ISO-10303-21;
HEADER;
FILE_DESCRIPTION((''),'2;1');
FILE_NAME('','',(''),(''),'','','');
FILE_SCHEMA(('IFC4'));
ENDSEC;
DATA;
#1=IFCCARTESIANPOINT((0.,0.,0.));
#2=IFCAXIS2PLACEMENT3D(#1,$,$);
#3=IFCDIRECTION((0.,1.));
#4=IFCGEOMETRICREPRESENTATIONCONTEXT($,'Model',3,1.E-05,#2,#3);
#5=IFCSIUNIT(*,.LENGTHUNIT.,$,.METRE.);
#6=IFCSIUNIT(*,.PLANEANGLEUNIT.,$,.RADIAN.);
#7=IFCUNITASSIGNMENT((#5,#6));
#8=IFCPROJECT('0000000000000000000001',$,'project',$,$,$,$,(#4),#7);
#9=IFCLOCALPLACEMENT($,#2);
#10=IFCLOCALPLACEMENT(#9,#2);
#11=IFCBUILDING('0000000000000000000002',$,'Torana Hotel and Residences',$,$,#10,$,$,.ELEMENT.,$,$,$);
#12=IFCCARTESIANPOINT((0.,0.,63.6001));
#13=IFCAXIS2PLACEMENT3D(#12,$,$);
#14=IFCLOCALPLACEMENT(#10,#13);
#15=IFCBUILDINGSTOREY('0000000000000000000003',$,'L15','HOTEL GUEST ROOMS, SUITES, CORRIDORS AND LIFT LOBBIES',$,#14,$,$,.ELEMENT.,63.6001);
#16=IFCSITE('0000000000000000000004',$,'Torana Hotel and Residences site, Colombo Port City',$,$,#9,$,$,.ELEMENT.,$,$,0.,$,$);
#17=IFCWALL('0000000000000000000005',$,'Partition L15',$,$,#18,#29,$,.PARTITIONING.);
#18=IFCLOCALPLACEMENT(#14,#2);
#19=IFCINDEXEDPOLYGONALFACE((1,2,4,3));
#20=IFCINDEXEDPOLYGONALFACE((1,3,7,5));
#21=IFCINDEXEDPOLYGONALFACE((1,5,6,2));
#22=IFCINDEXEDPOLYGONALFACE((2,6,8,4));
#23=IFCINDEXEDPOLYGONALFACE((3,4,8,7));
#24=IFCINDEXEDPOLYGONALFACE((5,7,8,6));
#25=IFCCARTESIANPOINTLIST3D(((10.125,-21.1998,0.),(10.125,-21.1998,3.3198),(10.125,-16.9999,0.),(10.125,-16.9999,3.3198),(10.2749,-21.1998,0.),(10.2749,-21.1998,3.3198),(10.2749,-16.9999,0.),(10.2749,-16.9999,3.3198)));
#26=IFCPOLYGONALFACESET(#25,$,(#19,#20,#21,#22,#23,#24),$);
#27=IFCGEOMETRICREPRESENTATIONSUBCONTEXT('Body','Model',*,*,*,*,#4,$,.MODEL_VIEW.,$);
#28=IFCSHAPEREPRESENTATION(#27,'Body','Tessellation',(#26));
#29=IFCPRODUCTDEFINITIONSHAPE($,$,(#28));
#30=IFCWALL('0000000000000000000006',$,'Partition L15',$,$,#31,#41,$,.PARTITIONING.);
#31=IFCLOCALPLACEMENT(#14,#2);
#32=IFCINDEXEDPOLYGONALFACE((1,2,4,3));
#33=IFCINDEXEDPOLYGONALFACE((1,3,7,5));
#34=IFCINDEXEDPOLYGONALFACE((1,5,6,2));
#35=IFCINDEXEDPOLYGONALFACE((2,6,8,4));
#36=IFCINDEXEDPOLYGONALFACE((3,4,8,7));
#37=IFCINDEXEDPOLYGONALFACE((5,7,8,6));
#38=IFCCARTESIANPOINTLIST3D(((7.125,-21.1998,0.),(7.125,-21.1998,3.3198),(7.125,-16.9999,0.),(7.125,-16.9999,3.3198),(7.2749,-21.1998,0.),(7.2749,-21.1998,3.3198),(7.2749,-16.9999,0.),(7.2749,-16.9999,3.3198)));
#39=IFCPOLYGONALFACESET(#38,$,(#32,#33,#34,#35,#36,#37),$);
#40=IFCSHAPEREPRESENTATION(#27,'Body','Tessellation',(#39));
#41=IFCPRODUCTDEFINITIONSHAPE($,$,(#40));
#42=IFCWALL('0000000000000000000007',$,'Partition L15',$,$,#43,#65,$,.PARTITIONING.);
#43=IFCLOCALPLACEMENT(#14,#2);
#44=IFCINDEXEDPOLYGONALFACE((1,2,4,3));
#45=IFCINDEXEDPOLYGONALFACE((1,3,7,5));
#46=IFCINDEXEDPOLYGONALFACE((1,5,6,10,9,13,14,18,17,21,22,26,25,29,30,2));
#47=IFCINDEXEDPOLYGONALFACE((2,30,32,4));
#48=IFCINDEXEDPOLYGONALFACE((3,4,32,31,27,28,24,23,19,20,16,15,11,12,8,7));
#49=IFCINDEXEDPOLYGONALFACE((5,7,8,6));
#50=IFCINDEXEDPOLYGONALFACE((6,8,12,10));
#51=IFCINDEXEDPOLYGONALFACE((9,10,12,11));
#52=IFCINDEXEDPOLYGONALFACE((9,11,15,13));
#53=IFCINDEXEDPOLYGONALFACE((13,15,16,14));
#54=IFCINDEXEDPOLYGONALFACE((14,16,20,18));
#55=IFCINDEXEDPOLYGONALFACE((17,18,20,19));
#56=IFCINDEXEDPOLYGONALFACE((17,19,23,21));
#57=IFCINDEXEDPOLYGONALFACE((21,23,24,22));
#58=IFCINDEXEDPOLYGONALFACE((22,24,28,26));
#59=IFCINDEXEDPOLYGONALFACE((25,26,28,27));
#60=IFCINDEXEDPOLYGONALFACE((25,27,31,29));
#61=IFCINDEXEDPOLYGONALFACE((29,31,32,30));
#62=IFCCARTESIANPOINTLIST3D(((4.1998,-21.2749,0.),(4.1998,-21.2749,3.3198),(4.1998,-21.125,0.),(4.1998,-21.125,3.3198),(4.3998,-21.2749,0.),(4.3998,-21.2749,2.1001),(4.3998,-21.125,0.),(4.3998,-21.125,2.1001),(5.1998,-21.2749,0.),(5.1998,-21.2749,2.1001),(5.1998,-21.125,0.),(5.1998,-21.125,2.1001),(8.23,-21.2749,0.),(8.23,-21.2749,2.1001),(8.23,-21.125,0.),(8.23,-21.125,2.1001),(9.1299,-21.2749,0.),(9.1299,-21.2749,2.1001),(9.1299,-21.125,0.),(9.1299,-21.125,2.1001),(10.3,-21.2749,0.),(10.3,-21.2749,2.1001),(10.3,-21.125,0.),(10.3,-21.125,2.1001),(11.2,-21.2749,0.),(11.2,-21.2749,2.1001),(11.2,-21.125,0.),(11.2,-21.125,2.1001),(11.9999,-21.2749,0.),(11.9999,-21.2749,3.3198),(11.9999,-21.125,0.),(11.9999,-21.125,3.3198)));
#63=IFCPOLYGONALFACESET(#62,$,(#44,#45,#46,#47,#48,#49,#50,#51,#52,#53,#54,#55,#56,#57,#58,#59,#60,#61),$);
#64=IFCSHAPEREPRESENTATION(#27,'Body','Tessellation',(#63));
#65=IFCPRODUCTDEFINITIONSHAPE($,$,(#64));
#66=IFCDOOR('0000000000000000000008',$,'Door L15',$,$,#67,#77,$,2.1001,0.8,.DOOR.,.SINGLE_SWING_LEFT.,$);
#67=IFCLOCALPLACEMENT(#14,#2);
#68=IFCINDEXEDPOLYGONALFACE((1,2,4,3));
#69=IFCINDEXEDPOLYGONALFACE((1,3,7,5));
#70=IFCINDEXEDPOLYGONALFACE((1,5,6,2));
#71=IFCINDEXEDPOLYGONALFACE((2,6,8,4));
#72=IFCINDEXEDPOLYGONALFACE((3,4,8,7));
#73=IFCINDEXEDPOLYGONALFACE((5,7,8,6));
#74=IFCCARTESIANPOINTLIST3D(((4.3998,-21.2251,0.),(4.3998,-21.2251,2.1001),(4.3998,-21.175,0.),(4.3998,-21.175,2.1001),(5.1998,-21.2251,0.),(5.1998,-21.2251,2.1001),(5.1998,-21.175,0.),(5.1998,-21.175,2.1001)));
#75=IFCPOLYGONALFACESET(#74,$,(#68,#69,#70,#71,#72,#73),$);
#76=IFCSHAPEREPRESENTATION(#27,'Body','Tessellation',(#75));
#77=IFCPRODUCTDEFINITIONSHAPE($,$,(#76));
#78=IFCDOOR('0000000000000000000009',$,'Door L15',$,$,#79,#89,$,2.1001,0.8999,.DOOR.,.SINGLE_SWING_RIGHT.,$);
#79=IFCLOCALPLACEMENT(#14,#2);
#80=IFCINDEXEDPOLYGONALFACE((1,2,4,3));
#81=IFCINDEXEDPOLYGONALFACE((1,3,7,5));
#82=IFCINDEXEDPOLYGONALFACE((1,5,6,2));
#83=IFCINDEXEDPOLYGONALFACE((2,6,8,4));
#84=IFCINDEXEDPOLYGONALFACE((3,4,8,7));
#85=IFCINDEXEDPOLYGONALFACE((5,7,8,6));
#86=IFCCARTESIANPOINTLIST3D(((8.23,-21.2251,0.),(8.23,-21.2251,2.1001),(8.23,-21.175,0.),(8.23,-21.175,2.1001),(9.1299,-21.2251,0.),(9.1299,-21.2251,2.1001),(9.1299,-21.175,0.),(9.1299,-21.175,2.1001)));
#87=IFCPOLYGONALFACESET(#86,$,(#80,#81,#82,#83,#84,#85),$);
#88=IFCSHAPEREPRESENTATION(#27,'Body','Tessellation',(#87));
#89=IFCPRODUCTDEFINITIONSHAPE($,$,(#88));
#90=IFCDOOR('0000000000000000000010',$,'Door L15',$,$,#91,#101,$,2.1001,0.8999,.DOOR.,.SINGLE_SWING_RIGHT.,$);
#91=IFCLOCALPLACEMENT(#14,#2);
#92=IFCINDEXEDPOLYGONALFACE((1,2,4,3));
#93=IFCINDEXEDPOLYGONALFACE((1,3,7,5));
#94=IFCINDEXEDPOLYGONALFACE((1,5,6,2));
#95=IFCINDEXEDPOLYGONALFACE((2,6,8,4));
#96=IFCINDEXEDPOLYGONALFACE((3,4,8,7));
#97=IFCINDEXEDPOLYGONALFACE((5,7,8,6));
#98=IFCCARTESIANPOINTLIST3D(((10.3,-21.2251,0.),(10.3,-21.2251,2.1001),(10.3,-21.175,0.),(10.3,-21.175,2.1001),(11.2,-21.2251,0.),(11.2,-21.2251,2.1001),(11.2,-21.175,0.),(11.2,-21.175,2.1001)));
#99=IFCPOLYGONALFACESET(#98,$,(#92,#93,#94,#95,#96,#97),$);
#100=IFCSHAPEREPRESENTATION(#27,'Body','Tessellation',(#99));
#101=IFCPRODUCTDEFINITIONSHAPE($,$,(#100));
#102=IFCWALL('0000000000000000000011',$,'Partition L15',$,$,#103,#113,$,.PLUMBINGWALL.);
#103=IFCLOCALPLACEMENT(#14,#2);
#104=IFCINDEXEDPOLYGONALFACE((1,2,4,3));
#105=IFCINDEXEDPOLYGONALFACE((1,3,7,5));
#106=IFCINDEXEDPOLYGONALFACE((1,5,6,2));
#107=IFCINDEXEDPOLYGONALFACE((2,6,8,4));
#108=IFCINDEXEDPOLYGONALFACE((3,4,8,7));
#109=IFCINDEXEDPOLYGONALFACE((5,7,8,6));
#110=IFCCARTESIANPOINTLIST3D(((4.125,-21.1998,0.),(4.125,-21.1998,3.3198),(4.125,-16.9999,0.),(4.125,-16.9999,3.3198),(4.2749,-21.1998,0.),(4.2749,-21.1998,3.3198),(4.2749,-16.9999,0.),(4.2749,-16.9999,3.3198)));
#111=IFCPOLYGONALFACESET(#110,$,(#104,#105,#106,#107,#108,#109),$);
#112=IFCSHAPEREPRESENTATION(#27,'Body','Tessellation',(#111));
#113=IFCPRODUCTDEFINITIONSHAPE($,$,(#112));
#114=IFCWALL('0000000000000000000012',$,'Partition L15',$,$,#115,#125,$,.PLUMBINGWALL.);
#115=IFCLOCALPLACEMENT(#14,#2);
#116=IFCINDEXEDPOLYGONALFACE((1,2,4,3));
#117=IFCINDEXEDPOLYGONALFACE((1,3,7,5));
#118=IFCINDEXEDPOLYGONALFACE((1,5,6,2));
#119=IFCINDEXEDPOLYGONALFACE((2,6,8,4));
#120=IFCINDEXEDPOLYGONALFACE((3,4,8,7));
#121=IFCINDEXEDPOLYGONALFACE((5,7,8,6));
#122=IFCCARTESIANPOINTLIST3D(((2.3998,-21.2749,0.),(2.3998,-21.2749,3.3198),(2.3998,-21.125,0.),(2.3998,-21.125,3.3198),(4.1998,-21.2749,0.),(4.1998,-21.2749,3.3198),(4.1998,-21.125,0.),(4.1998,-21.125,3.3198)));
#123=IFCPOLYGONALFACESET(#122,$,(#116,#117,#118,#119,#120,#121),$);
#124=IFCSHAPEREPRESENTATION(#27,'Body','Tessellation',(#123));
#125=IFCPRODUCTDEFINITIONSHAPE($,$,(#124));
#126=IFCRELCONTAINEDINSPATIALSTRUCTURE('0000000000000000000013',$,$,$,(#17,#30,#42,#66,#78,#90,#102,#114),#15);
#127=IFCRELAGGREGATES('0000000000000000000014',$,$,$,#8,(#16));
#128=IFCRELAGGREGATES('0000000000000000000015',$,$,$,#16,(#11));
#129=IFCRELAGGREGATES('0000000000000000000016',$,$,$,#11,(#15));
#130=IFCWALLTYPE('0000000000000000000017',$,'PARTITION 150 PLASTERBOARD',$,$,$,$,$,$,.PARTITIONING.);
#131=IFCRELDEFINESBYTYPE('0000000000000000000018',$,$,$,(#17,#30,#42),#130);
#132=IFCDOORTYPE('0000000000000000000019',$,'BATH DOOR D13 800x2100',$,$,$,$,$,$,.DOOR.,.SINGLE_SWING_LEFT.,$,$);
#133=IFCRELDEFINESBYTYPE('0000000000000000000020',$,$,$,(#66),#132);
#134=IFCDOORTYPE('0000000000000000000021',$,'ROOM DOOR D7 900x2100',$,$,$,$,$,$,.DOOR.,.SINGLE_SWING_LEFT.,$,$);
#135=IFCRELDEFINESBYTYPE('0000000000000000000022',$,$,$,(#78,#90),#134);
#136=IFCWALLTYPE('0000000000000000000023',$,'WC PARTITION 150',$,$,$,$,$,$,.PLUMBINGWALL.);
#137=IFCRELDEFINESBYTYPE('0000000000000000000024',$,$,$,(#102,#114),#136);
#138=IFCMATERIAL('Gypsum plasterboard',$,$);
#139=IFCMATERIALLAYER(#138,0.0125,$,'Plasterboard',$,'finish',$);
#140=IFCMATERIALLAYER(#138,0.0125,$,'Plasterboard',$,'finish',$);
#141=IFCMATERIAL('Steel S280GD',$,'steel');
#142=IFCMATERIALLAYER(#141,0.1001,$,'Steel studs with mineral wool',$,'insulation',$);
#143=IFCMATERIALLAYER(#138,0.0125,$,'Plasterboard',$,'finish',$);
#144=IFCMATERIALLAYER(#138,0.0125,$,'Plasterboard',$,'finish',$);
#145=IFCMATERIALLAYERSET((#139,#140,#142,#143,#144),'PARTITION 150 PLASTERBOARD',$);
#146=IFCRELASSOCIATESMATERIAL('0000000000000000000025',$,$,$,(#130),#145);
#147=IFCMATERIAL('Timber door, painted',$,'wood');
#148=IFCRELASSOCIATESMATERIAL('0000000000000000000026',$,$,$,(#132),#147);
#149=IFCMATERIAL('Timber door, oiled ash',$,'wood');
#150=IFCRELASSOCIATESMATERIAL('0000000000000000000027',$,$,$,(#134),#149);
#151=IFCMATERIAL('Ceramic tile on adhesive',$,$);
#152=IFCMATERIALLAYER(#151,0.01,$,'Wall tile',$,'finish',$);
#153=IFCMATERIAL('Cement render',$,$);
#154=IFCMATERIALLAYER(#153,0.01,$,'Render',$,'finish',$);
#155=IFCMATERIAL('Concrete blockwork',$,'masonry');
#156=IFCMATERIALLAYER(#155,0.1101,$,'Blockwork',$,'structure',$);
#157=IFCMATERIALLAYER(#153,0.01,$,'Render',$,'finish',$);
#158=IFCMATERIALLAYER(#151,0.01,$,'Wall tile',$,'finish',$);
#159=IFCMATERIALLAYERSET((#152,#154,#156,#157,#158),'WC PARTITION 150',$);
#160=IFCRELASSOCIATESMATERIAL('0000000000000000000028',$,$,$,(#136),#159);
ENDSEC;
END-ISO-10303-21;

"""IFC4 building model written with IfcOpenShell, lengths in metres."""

from ifc_helpers import new_model, si_unit, direction, frame, frame_2d, origin, place, context, subcontext, project, spatial, rectangle, extrude, material, layer, layer_set, type_object, element, fill, save


model = new_model("IFC4")

# Units and contexts
model_context = context("Model", 3, precision=1e-05, world=origin(), true_north=direction((0.0, 1.0)))
body_context = subcontext(model_context, "Body", "Model", "MODEL_VIEW")
ifc_project = project(units=[si_unit("LENGTHUNIT", "METRE"), si_unit("PLANEANGLEUNIT", "RADIAN")], contexts=[model_context])

# Site, building, storey
site_placement = place(None, origin())
site = spatial("IfcSite", under=ifc_project, at=site_placement, Name="Torana Hotel and Residences site, Colombo Port City", CompositionType="ELEMENT", RefElevation=0.0)
building_placement = place(site_placement, origin())
building = spatial("IfcBuilding", under=site, at=building_placement, Name="Torana Hotel and Residences", CompositionType="ELEMENT")
storey_placement = place(building_placement, frame((0.0, 0.0, 63.6001)))
storey = spatial("IfcBuildingStorey", under=building, at=storey_placement, Name="L15", Description="HOTEL GUEST ROOMS, SUITES, CORRIDORS AND LIFT LOBBIES", CompositionType="ELEMENT", Elevation=63.6001)

# Walls
ifc_material_1 = material(Name="Concrete blockwork", Category="masonry")
ifc_material_2 = material(Name="Gypsum plasterboard")
ifc_layer_1 = layer(ifc_material_2, 0.0125, Name="Plasterboard", Category="finish")
ifc_layer_2 = layer(ifc_material_2, 0.0125, Name="Plasterboard", Category="finish")
ifc_material_3 = material(Name="Steel S280GD", Category="steel")
ifc_layer_3 = layer(ifc_material_3, 0.1001, Name="Steel studs with mineral wool", Category="insulation")
ifc_layer_4 = layer(ifc_material_2, 0.0125, Name="Plasterboard", Category="finish")
ifc_layer_5 = layer(ifc_material_2, 0.0125, Name="Plasterboard", Category="finish")
ifc_layer_set_1 = layer_set([ifc_layer_1, ifc_layer_2, ifc_layer_3, ifc_layer_4, ifc_layer_5], Name="PARTITION 150 PLASTERBOARD")
wall_type_1 = type_object("IfcWallType", Name="PARTITION 150 PLASTERBOARD", PredefinedType="PARTITIONING", material=ifc_layer_set_1)
for number, where, z_axis, x_axis, name in (
    (1, (10.2, -21.2, 0.0), (0.0, 0.0, 1.0), (0.0, 1.0, 0.0), "Partition L15"),
    (2, (7.2, -21.2, 0.0), (0.0, 0.0, 1.0), (0.0, 1.0, 0.0), "Partition L15"),
):
    element("IfcWall", number, at=place(storey_placement, frame(where, z_axis=z_axis, x_axis=x_axis)), inside=storey, type_object=wall_type_1, Name=name, PredefinedType="PARTITIONING", context=body_context, shape_type="SweptSolid", body=[
        extrude(rectangle(XDim=4.2, YDim=0.1499, at=frame_2d((2.1001, 0.0))), origin(), (0.0, 0.0, 1.0), 3.3198),
    ])

# Wall, openings, doors
wall_1_placement = place(storey_placement, frame((4.2, -21.2, 0.0), z_axis=(0.0, 0.0, 1.0), x_axis=(1.0, 0.0, 0.0)))
wall_1 = element("IfcWall", 3, at=wall_1_placement, inside=storey, type_object=wall_type_1, Name="Partition L15", PredefinedType="PARTITIONING", context=body_context, shape_type="SweptSolid", body=[
    extrude(rectangle(XDim=7.8, YDim=0.1499, at=frame_2d((3.8999, 0.0))), origin(), (0.0, 0.0, 1.0), 3.3198),
])
opening_1_placement = place(wall_1_placement, frame((0.2, 0.0, 0.0)))
opening_1 = element("IfcOpeningElement", 4, at=opening_1_placement, cuts=wall_1, PredefinedType="OPENING", context=body_context, shape_type="SweptSolid", body=[
    extrude(rectangle(XDim=0.8, YDim=2.1001, at=frame_2d((0.3999, 1.05))), frame((0.0, 0.085, 0.0), z_axis=(0.0, -1.0, 0.0), x_axis=(1.0, 0.0, 0.0)), (0.0, 0.0, 1.0), 0.1699),
])
opening_2_placement = place(wall_1_placement, frame((4.03, 0.0, 0.0)))
opening_2 = element("IfcOpeningElement", 5, at=opening_2_placement, cuts=wall_1, PredefinedType="OPENING", context=body_context, shape_type="SweptSolid", body=[
    extrude(rectangle(XDim=0.8999, YDim=2.1001, at=frame_2d((0.45, 1.05))), frame((0.0, 0.085, 0.0), z_axis=(0.0, -1.0, 0.0), x_axis=(1.0, 0.0, 0.0)), (0.0, 0.0, 1.0), 0.1699),
])
opening_3_placement = place(wall_1_placement, frame((6.1001, 0.0, 0.0)))
opening_3 = element("IfcOpeningElement", 6, at=opening_3_placement, cuts=wall_1, PredefinedType="OPENING", context=body_context, shape_type="SweptSolid", body=[
    extrude(rectangle(XDim=0.8999, YDim=2.1001, at=frame_2d((0.45, 1.05))), frame((0.0, 0.085, 0.0), z_axis=(0.0, -1.0, 0.0), x_axis=(1.0, 0.0, 0.0)), (0.0, 0.0, 1.0), 0.1699),
])
ifc_material_4 = material(Name="Timber door, painted", Category="wood")
door_type_1 = type_object("IfcDoorType", Name="BATH DOOR D13 800x2100", OperationType="SINGLE_SWING_LEFT", PredefinedType="DOOR", material=ifc_material_4)
door_1_placement = place(opening_1_placement, origin())
door_1 = element("IfcDoor", 7, at=door_1_placement, inside=storey, type_object=door_type_1, Name="Door L15", OperationType="SINGLE_SWING_LEFT", OverallHeight=2.1001, OverallWidth=0.8, PredefinedType="DOOR", context=body_context, shape_type="SweptSolid", body=[
    extrude(rectangle(XDim=0.8, YDim=2.1001, at=frame_2d((0.3999, 1.05))), frame((0.0, 0.0249, 0.0), z_axis=(0.0, -1.0, 0.0), x_axis=(1.0, 0.0, 0.0)), (0.0, 0.0, 1.0), 0.05),
])
fill(opening_1, door_1)
ifc_material_5 = material(Name="Timber door, oiled ash", Category="wood")
door_type_2 = type_object("IfcDoorType", Name="ROOM DOOR D7 900x2100", OperationType="SINGLE_SWING_LEFT", PredefinedType="DOOR", material=ifc_material_5)
door_2_placement = place(opening_2_placement, origin())
door_2 = element("IfcDoor", 8, at=door_2_placement, inside=storey, type_object=door_type_2, Name="Door L15", OperationType="SINGLE_SWING_RIGHT", OverallHeight=2.1001, OverallWidth=0.8999, PredefinedType="DOOR", context=body_context, shape_type="SweptSolid", body=[
    extrude(rectangle(XDim=0.8999, YDim=2.1001, at=frame_2d((0.45, 1.05))), frame((0.0, 0.0249, 0.0), z_axis=(0.0, -1.0, 0.0), x_axis=(1.0, 0.0, 0.0)), (0.0, 0.0, 1.0), 0.05),
])
fill(opening_2, door_2)
door_3_placement = place(opening_3_placement, frame((0.45, 0.0, 0.0), z_axis=(0.0, 0.0, 1.0), x_axis=(-1.0, 0.0, 0.0)))
door_3 = element("IfcDoor", 9, at=door_3_placement, inside=storey, type_object=door_type_2, Name="Door L15", OperationType="SINGLE_SWING_RIGHT", OverallHeight=2.1001, OverallWidth=0.8999, PredefinedType="DOOR", context=body_context, shape_type="SweptSolid", body=[
    extrude(rectangle(XDim=0.8999, YDim=2.1001, at=frame_2d((0.0, 1.05))), frame((0.0, -0.0249, 0.0), z_axis=(0.0, 1.0, 0.0), x_axis=(-1.0, 0.0, 0.0)), (0.0, 0.0, 1.0), 0.05),
])
fill(opening_3, door_3)

# Walls
ifc_material_6 = material(Name="Ceramic tile on adhesive")
ifc_layer_6 = layer(ifc_material_6, 0.01, Name="Wall tile", Category="finish")
ifc_material_7 = material(Name="Cement render")
ifc_layer_7 = layer(ifc_material_7, 0.01, Name="Render", Category="finish")
ifc_layer_8 = layer(ifc_material_1, 0.1101, Name="Blockwork", Category="structure")
ifc_layer_9 = layer(ifc_material_7, 0.01, Name="Render", Category="finish")
ifc_layer_10 = layer(ifc_material_6, 0.01, Name="Wall tile", Category="finish")
ifc_layer_set_2 = layer_set([ifc_layer_6, ifc_layer_7, ifc_layer_8, ifc_layer_9, ifc_layer_10], Name="WC PARTITION 150")
wall_type_2 = type_object("IfcWallType", Name="WC PARTITION 150", PredefinedType="PLUMBINGWALL", material=ifc_layer_set_2)
wall_2_placement = place(storey_placement, frame((4.2, -21.2, 0.0), z_axis=(0.0, 0.0, 1.0), x_axis=(0.0, 1.0, 0.0)))
element("IfcWall", 10, at=wall_2_placement, inside=storey, type_object=wall_type_2, Name="Partition L15", PredefinedType="PLUMBINGWALL", context=body_context, shape_type="SweptSolid", body=[
    extrude(rectangle(XDim=4.2, YDim=0.1499, at=frame_2d((2.1001, 0.0))), origin(), (0.0, 0.0, 1.0), 3.3198),
])
wall_3_placement = place(storey_placement, frame((2.3999, -21.2, 0.0), z_axis=(0.0, 0.0, 1.0), x_axis=(1.0, 0.0, 0.0)))
element("IfcWall", 11, at=wall_3_placement, inside=storey, type_object=wall_type_2, Name="Partition L15", PredefinedType="PLUMBINGWALL", context=body_context, shape_type="SweptSolid", body=[
    extrude(rectangle(XDim=1.8, YDim=0.1499, at=frame_2d((0.8999, 0.0))), origin(), (0.0, 0.0, 1.0), 3.3198),
])

save(model, "model.ifc")
